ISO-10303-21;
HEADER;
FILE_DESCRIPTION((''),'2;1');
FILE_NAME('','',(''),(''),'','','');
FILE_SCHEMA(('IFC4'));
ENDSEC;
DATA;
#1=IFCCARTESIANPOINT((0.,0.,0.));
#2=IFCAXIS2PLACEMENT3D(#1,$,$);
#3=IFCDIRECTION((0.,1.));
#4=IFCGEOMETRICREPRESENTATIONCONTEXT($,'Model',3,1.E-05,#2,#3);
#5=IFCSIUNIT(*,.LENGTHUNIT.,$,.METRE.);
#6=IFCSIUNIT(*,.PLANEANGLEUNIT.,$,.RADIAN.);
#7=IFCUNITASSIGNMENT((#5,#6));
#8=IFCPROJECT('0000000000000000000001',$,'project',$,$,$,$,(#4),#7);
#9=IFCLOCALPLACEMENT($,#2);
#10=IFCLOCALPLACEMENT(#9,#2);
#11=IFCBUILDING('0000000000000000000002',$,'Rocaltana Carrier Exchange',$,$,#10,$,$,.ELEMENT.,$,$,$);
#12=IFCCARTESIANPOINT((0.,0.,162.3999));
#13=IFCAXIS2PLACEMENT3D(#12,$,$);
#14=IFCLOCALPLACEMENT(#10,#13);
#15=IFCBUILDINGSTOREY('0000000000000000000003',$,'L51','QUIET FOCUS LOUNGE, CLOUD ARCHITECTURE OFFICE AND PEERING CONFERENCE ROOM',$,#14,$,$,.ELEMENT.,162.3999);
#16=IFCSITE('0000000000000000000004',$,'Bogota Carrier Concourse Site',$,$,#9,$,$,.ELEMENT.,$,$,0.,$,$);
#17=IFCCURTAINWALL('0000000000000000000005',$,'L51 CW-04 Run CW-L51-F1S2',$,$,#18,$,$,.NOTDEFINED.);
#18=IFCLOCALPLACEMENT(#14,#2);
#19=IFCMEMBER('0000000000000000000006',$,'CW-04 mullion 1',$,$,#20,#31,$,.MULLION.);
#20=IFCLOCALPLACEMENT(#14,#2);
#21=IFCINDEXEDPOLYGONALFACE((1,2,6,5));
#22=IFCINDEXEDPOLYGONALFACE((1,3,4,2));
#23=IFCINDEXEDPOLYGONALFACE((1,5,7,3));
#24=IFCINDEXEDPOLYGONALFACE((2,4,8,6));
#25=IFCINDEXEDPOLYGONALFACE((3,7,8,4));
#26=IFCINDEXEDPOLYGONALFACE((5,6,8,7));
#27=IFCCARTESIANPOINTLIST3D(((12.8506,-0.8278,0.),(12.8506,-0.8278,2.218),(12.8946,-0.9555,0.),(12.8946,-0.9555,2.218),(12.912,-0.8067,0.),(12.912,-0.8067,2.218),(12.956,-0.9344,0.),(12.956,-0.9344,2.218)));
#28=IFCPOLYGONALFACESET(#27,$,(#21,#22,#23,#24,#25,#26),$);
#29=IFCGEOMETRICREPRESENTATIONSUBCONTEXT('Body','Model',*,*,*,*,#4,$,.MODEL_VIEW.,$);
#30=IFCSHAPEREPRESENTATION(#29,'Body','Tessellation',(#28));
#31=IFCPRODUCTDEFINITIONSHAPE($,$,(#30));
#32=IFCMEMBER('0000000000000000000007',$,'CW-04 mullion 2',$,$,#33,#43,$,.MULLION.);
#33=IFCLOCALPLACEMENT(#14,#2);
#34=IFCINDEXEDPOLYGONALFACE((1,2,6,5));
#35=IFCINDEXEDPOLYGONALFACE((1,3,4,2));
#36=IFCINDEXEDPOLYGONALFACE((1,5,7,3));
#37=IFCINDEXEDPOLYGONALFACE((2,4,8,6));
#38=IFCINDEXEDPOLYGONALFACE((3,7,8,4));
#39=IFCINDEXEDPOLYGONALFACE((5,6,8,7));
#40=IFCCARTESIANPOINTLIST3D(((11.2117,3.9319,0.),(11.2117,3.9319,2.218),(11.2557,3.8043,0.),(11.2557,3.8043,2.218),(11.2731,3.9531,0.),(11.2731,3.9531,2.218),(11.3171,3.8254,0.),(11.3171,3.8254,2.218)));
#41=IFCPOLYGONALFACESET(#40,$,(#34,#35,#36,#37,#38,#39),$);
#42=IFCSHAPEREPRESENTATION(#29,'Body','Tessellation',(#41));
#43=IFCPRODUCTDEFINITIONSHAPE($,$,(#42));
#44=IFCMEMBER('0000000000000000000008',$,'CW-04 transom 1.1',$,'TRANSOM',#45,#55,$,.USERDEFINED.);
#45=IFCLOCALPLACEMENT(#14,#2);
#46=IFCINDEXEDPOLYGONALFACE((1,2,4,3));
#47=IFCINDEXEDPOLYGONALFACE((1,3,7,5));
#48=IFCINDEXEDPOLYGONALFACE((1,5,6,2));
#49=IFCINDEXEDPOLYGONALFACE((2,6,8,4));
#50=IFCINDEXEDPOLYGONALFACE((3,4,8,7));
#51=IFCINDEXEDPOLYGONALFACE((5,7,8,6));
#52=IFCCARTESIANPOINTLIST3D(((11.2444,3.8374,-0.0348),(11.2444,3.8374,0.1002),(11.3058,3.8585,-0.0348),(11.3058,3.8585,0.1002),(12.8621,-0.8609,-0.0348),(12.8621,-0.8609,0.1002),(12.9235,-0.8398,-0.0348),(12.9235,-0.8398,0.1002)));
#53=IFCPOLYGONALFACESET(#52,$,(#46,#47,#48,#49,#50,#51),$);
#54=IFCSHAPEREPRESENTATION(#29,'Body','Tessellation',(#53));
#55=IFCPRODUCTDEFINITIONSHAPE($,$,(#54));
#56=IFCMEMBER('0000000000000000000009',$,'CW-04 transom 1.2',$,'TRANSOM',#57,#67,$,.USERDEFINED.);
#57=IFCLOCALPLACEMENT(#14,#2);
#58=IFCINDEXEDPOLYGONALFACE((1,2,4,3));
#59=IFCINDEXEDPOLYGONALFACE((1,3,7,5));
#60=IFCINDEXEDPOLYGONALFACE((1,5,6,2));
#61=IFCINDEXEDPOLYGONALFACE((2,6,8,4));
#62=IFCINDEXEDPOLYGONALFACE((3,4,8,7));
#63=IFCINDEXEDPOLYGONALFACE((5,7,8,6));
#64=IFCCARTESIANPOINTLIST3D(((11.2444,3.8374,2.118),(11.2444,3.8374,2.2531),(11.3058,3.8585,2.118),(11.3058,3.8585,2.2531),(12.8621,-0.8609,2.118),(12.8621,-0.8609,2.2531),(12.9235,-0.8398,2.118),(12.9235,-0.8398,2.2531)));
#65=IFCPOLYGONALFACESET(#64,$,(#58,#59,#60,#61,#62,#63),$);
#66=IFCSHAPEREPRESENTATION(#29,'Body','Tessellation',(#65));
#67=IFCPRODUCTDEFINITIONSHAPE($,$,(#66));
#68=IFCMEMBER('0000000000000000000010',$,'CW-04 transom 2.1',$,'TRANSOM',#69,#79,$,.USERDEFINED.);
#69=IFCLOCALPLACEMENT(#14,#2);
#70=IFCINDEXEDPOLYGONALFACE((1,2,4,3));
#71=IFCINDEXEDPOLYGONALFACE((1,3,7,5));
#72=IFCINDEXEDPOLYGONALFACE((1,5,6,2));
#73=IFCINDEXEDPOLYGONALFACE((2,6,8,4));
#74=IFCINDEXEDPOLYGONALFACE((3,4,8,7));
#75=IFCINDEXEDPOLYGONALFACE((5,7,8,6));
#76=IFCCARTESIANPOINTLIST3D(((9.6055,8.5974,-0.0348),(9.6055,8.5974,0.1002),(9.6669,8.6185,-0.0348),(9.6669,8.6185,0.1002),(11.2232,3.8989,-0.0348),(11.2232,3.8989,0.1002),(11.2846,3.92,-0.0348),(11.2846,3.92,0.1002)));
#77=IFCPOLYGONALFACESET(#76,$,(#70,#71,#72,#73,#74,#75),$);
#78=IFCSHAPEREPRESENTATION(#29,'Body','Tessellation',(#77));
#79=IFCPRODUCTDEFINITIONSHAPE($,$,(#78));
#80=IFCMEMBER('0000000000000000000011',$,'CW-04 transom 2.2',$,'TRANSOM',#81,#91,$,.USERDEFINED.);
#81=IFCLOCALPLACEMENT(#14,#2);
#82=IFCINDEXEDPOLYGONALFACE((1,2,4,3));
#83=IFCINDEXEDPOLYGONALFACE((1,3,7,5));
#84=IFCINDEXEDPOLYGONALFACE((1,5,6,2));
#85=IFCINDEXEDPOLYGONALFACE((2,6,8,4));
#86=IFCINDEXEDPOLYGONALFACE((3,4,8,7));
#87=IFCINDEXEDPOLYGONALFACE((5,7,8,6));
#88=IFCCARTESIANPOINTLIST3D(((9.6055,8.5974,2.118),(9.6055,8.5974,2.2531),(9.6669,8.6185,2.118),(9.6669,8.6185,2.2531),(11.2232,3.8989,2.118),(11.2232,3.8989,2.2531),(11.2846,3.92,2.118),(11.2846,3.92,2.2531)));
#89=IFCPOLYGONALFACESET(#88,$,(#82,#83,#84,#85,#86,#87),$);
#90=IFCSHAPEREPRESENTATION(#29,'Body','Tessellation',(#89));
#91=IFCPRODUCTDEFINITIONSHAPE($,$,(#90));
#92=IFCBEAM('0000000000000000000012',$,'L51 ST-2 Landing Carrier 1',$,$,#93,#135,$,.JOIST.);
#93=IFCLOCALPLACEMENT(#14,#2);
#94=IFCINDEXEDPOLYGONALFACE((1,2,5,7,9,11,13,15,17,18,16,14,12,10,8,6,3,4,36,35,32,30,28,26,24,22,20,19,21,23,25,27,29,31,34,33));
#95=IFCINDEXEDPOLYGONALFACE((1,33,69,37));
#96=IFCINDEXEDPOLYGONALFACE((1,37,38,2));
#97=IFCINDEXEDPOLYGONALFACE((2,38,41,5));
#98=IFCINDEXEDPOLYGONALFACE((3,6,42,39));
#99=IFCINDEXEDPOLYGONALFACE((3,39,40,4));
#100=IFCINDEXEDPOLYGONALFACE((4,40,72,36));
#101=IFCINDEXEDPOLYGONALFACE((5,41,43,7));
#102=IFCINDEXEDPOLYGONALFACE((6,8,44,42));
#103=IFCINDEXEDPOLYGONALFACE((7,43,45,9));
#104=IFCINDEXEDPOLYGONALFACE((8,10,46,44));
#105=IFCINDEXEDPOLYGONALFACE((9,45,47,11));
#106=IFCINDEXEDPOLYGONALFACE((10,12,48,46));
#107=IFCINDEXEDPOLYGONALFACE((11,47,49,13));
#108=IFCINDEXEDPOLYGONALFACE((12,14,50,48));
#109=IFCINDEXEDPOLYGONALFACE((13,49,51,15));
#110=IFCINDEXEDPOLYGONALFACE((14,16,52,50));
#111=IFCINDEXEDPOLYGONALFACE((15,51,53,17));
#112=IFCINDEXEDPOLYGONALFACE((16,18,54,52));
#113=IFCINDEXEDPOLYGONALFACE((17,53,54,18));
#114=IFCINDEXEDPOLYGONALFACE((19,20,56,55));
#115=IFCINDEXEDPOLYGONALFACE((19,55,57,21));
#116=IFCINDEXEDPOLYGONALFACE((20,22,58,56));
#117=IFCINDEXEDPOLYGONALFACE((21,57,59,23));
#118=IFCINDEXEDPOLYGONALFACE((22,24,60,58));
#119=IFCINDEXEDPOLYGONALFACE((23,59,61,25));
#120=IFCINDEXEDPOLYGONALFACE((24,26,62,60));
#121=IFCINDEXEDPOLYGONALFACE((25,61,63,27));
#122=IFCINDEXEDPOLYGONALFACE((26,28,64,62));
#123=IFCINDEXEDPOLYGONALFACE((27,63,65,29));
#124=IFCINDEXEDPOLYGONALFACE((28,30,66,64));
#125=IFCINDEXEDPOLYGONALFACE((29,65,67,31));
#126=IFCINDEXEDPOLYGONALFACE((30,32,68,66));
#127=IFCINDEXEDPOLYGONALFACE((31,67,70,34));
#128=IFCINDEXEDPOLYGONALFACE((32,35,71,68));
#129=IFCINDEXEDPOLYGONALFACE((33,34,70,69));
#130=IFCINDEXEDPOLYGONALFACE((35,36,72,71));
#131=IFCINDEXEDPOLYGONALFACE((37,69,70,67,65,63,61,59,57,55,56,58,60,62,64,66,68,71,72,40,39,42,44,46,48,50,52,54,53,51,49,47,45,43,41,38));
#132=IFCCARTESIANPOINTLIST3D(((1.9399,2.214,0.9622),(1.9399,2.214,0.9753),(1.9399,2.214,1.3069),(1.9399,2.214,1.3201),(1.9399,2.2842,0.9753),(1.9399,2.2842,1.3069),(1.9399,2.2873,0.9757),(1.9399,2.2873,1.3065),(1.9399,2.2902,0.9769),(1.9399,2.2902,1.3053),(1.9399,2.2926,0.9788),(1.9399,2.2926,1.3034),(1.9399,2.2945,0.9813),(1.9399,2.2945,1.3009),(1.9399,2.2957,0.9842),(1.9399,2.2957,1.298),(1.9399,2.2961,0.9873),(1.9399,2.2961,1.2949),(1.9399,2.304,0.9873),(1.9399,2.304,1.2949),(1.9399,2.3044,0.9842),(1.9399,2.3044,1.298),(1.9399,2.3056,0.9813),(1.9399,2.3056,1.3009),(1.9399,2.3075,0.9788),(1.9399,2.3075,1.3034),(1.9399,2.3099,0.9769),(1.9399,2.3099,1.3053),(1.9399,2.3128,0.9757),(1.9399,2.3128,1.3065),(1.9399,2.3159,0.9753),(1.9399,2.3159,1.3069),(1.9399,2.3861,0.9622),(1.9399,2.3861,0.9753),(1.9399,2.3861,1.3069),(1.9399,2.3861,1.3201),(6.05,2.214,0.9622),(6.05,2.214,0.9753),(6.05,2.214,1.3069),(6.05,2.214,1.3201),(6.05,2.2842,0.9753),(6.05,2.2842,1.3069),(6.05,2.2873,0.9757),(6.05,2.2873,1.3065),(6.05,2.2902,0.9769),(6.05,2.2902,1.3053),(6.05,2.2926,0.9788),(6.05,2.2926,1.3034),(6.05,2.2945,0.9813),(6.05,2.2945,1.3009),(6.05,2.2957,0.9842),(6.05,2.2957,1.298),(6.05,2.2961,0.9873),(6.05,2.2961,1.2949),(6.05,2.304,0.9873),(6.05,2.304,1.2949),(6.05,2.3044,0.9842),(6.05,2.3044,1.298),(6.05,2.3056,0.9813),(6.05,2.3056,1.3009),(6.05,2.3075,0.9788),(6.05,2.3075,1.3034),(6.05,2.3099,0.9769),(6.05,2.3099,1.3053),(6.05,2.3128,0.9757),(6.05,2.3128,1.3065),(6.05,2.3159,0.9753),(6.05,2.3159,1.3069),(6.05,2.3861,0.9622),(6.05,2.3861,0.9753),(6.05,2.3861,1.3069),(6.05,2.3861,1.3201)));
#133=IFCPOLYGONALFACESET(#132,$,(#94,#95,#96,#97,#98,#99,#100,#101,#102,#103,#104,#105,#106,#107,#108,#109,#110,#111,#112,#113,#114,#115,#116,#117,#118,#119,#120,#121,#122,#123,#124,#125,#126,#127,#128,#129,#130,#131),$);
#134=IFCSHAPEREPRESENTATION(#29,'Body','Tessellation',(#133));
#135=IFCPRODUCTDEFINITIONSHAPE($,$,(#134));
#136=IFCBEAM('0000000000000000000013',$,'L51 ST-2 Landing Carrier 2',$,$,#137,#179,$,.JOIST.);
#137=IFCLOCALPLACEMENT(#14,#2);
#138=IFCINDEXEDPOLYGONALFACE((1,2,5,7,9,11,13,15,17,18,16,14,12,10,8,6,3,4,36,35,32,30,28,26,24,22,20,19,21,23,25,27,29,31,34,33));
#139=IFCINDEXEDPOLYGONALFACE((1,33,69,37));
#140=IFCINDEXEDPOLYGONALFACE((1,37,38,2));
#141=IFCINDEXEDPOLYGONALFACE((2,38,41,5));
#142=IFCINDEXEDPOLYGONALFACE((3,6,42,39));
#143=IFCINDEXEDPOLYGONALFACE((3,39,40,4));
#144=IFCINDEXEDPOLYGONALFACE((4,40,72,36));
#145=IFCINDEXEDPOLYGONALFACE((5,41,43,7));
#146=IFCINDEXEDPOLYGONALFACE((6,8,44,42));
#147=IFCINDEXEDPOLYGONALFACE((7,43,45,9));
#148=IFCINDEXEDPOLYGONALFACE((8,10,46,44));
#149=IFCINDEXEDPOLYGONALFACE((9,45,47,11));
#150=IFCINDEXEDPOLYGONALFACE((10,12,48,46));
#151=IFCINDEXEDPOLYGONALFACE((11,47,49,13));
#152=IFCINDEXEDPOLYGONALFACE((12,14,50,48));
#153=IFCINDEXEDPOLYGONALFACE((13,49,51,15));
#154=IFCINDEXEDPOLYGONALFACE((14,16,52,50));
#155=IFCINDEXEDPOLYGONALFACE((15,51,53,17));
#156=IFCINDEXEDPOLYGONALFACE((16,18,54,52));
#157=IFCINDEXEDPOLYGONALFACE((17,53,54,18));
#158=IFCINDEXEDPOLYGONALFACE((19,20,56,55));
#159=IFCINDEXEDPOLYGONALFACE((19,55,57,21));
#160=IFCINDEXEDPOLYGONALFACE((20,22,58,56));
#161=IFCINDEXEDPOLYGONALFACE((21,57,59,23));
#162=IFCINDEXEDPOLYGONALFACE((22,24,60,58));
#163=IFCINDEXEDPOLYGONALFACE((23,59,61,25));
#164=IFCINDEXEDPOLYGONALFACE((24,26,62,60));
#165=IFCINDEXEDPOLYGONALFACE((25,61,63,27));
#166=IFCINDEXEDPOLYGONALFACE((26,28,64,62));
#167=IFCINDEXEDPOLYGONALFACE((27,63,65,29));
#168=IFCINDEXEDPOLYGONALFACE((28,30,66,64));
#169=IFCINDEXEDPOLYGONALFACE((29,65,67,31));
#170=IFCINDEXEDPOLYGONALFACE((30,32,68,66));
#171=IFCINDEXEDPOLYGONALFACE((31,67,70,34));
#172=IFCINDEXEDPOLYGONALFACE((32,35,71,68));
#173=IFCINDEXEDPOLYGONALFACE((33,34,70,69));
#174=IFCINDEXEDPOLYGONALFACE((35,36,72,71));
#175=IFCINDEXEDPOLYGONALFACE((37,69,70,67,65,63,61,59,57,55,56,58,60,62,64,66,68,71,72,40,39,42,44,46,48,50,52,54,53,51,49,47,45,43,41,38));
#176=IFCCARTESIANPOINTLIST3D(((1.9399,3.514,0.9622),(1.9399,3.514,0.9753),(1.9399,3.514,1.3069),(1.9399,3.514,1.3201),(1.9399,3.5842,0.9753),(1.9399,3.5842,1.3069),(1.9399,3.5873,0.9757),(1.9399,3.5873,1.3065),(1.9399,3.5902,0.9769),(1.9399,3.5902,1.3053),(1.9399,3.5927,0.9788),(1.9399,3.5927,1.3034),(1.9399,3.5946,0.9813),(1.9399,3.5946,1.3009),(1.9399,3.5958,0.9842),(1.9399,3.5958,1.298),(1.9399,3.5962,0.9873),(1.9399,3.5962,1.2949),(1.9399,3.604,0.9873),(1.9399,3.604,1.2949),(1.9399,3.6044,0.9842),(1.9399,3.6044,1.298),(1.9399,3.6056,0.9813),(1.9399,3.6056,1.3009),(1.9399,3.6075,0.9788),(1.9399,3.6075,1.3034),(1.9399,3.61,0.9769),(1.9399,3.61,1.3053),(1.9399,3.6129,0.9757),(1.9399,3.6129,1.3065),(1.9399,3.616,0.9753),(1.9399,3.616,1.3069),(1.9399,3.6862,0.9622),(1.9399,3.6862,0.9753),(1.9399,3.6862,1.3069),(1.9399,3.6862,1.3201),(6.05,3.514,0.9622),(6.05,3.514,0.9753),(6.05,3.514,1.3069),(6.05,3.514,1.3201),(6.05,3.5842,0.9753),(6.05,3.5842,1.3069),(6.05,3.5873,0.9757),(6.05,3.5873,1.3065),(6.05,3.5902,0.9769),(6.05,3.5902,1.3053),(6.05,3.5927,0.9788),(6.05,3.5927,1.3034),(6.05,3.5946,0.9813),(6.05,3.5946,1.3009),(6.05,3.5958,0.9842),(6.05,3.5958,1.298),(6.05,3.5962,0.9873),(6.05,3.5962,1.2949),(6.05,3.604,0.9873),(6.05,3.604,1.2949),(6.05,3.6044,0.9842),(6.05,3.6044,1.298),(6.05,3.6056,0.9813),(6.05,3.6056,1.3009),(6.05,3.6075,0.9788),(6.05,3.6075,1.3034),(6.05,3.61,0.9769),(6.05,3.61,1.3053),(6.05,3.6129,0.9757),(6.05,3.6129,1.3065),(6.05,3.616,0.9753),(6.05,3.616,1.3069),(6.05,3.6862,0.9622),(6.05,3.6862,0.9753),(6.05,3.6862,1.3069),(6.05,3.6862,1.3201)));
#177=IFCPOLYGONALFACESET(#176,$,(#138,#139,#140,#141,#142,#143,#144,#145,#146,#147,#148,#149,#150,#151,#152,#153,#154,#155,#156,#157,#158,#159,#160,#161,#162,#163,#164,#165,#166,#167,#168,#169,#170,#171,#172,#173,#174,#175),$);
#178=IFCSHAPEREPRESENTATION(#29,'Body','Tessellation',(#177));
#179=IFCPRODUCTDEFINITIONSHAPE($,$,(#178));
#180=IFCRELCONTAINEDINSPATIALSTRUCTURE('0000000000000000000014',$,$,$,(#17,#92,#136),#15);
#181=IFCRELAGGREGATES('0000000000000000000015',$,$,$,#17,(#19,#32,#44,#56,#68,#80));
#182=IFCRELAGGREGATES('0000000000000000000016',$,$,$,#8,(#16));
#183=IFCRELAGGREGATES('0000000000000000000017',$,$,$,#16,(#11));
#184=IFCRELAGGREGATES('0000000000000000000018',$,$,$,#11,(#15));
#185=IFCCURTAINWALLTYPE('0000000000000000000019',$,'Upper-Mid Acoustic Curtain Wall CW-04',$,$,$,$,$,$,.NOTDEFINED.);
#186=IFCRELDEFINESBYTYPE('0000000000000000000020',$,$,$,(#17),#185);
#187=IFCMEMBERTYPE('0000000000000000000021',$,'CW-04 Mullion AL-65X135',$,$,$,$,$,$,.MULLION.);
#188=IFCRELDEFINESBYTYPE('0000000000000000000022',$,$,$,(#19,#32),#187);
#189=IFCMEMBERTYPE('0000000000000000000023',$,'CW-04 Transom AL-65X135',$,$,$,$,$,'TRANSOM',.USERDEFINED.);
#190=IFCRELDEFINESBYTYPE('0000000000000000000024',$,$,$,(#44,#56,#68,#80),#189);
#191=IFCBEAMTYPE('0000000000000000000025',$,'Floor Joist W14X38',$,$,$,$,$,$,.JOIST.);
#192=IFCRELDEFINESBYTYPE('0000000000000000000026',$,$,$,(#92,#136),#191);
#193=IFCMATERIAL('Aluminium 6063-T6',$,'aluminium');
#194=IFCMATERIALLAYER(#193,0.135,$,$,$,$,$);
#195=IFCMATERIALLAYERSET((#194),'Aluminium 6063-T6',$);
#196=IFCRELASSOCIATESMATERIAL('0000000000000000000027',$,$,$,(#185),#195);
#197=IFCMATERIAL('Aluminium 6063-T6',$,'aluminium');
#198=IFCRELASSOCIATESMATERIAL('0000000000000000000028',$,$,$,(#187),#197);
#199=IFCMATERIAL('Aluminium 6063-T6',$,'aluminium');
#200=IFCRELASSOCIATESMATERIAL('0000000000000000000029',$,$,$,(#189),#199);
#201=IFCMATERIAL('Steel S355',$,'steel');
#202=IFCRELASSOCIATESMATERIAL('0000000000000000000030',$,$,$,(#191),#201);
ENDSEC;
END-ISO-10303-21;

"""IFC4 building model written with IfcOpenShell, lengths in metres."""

from ifc_helpers import new_model, si_unit, direction, frame, origin, origin_2d, place, context, subcontext, project, spatial, rectangle, i_section, extrude, material, layer, layer_set, material_profile, profile_set, type_object, element, aggregate, save


model = new_model("IFC4")

# Units and contexts
model_context = context("Model", 3, precision=1e-05, world=origin(), true_north=direction((0.0, 1.0)))
body_context = subcontext(model_context, "Body", "Model", "MODEL_VIEW")
ifc_project = project(units=[si_unit("LENGTHUNIT", "METRE"), si_unit("PLANEANGLEUNIT", "RADIAN")], contexts=[model_context])

# Site, building, storey
site_placement = place(None, origin())
site = spatial("IfcSite", under=ifc_project, at=site_placement, Name="Bogota Carrier Concourse Site", CompositionType="ELEMENT", RefElevation=0.0)
building_placement = place(site_placement, origin())
building = spatial("IfcBuilding", under=site, at=building_placement, Name="Rocaltana Carrier Exchange", CompositionType="ELEMENT")
storey_placement = place(building_placement, frame((0.0, 0.0, 162.3999)))
storey = spatial("IfcBuildingStorey", under=building, at=storey_placement, Name="L51", Description="QUIET FOCUS LOUNGE, CLOUD ARCHITECTURE OFFICE AND PEERING CONFERENCE ROOM", CompositionType="ELEMENT", Elevation=162.3999)

# Curtain wall, members
ifc_material_1 = material(Name="Aluminium 6063-T6", Category="aluminium")
ifc_layer_1 = layer(ifc_material_1, 0.135)
ifc_layer_set_1 = layer_set([ifc_layer_1], Name="Aluminium 6063-T6")
curtain_wall_type = type_object("IfcCurtainWallType", Name="Upper-Mid Acoustic Curtain Wall CW-04", PredefinedType="NOTDEFINED", material=ifc_layer_set_1)
curtain_wall_placement = place(storey_placement, origin())
curtain_wall = element("IfcCurtainWall", 1, at=curtain_wall_placement, inside=storey, type_object=curtain_wall_type, Name="L51 CW-04 Run CW-L51-F1S2", PredefinedType="NOTDEFINED")
ifc_material_2 = material(Name="Aluminium 6063-T6", Category="aluminium")
ifc_material_profile_1 = material_profile(ifc_material_2, rectangle(XDim=0.0649, YDim=0.135, at=origin_2d()), Name="AL-65X135")
ifc_profile_set_1 = profile_set([ifc_material_profile_1], Name="Aluminium 6063-T6")
member_type_1 = type_object("IfcMemberType", Name="CW-04 Mullion AL-65X135", PredefinedType="MULLION", material=ifc_profile_set_1)
member_1_placement = place(storey_placement, frame((12.9033, -0.8811, 0.0), z_axis=(0.0, 0.0, 1.0), x_axis=(-0.945521, -0.325562, 0.0)))
member_1 = element("IfcMember", 2, at=member_1_placement, type_object=member_type_1, Name="CW-04 mullion 1", PredefinedType="MULLION", context=body_context, shape_type="SweptSolid", body=[
    extrude(rectangle(XDim=0.0649, YDim=0.135, at=origin_2d()), origin(), (0.0, 0.0, 1.0), 2.218),
])
member_2_placement = place(storey_placement, frame((11.2644, 3.8787, 0.0), z_axis=(0.0, 0.0, 1.0), x_axis=(-0.945521, -0.325562, 0.0)))
member_2 = element("IfcMember", 3, at=member_2_placement, type_object=member_type_1, Name="CW-04 mullion 2", PredefinedType="MULLION", context=body_context, shape_type="SweptSolid", body=[
    extrude(rectangle(XDim=0.0649, YDim=0.135, at=origin_2d()), origin(), (0.0, 0.0, 1.0), 2.218),
])
ifc_material_3 = material(Name="Aluminium 6063-T6", Category="aluminium")
ifc_material_profile_2 = material_profile(ifc_material_3, rectangle(XDim=0.0649, YDim=0.135, at=origin_2d()), Name="AL-65X135")
ifc_profile_set_2 = profile_set([ifc_material_profile_2], Name="Aluminium 6063-T6")
member_type_2 = type_object("IfcMemberType", Name="CW-04 Transom AL-65X135", ElementType="TRANSOM", PredefinedType="USERDEFINED", material=ifc_profile_set_2)
member_3_placement = place(storey_placement, frame((12.8928, -0.8503, 0.0327), z_axis=(-0.325558, 0.945522, 0.0), x_axis=(-0.945522, -0.325558, 0.0)))
member_3 = element("IfcMember", 4, at=member_3_placement, type_object=member_type_2, Name="CW-04 transom 1.1", ObjectType="TRANSOM", PredefinedType="USERDEFINED", context=body_context, shape_type="SweptSolid", body=[
    extrude(rectangle(XDim=0.0649, YDim=0.135, at=origin_2d()), origin(), (0.0, 0.0, 1.0), 4.969),
])
member_4_placement = place(storey_placement, frame((12.8928, -0.8503, 2.1855), z_axis=(-0.325558, 0.945522, 0.0), x_axis=(-0.945522, -0.325558, 0.0)))
member_4 = element("IfcMember", 5, at=member_4_placement, type_object=member_type_2, Name="CW-04 transom 1.2", ObjectType="TRANSOM", PredefinedType="USERDEFINED", context=body_context, shape_type="SweptSolid", body=[
    extrude(rectangle(XDim=0.0649, YDim=0.135, at=origin_2d()), origin(), (0.0, 0.0, 1.0), 4.969),
])
member_5_placement = place(storey_placement, frame((11.2539, 3.9094, 0.0327), z_axis=(-0.325542, 0.945527, 0.0), x_axis=(-0.945527, -0.325542, 0.0)))
member_5 = element("IfcMember", 6, at=member_5_placement, type_object=member_type_2, Name="CW-04 transom 2.1", ObjectType="TRANSOM", PredefinedType="USERDEFINED", context=body_context, shape_type="SweptSolid", body=[
    extrude(rectangle(XDim=0.0649, YDim=0.135, at=origin_2d()), origin(), (0.0, 0.0, 1.0), 4.9692),
])
member_6_placement = place(storey_placement, frame((11.2539, 3.9094, 2.1855), z_axis=(-0.325542, 0.945527, 0.0), x_axis=(-0.945527, -0.325542, 0.0)))
member_6 = element("IfcMember", 7, at=member_6_placement, type_object=member_type_2, Name="CW-04 transom 2.2", ObjectType="TRANSOM", PredefinedType="USERDEFINED", context=body_context, shape_type="SweptSolid", body=[
    extrude(rectangle(XDim=0.0649, YDim=0.135, at=origin_2d()), origin(), (0.0, 0.0, 1.0), 4.9692),
])

# Beams
ifc_material_4 = material(Name="Steel S355", Category="steel")
ifc_material_profile_3 = material_profile(ifc_material_4, i_section(OverallWidth=0.1721, OverallDepth=0.3579, WebThickness=0.0078, FlangeThickness=0.0132, FilletRadius=0.012, at=origin_2d()), Name="W14X38")
ifc_profile_set_3 = profile_set([ifc_material_profile_3], Name="Steel S355")
beam_type_1 = type_object("IfcBeamType", Name="Floor Joist W14X38", PredefinedType="JOIST", material=ifc_profile_set_3)
for number, where, z_axis, x_axis, name in (
    (8, (1.9399, 2.3, 1.1411), (1.0, 0.0, 0.0), (0.0, 1.0, 0.0), "L51 ST-2 Landing Carrier 1"),
    (9, (1.9399, 3.6001, 1.1411), (1.0, 0.0, 0.0), (0.0, 1.0, 0.0), "L51 ST-2 Landing Carrier 2"),
):
    element("IfcBeam", number, at=place(storey_placement, frame(where, z_axis=z_axis, x_axis=x_axis)), inside=storey, type_object=beam_type_1, Name=name, PredefinedType="JOIST", context=body_context, shape_type="SweptSolid", body=[
        extrude(i_section(OverallWidth=0.1721, OverallDepth=0.3579, WebThickness=0.0078, FlangeThickness=0.0132, FilletRadius=0.012, at=origin_2d()), origin(), (0.0, 0.0, 1.0), 4.1101),
    ])

aggregate(curtain_wall, [member_1, member_2, member_3, member_4, member_5, member_6])

save(model, "model.ifc")
